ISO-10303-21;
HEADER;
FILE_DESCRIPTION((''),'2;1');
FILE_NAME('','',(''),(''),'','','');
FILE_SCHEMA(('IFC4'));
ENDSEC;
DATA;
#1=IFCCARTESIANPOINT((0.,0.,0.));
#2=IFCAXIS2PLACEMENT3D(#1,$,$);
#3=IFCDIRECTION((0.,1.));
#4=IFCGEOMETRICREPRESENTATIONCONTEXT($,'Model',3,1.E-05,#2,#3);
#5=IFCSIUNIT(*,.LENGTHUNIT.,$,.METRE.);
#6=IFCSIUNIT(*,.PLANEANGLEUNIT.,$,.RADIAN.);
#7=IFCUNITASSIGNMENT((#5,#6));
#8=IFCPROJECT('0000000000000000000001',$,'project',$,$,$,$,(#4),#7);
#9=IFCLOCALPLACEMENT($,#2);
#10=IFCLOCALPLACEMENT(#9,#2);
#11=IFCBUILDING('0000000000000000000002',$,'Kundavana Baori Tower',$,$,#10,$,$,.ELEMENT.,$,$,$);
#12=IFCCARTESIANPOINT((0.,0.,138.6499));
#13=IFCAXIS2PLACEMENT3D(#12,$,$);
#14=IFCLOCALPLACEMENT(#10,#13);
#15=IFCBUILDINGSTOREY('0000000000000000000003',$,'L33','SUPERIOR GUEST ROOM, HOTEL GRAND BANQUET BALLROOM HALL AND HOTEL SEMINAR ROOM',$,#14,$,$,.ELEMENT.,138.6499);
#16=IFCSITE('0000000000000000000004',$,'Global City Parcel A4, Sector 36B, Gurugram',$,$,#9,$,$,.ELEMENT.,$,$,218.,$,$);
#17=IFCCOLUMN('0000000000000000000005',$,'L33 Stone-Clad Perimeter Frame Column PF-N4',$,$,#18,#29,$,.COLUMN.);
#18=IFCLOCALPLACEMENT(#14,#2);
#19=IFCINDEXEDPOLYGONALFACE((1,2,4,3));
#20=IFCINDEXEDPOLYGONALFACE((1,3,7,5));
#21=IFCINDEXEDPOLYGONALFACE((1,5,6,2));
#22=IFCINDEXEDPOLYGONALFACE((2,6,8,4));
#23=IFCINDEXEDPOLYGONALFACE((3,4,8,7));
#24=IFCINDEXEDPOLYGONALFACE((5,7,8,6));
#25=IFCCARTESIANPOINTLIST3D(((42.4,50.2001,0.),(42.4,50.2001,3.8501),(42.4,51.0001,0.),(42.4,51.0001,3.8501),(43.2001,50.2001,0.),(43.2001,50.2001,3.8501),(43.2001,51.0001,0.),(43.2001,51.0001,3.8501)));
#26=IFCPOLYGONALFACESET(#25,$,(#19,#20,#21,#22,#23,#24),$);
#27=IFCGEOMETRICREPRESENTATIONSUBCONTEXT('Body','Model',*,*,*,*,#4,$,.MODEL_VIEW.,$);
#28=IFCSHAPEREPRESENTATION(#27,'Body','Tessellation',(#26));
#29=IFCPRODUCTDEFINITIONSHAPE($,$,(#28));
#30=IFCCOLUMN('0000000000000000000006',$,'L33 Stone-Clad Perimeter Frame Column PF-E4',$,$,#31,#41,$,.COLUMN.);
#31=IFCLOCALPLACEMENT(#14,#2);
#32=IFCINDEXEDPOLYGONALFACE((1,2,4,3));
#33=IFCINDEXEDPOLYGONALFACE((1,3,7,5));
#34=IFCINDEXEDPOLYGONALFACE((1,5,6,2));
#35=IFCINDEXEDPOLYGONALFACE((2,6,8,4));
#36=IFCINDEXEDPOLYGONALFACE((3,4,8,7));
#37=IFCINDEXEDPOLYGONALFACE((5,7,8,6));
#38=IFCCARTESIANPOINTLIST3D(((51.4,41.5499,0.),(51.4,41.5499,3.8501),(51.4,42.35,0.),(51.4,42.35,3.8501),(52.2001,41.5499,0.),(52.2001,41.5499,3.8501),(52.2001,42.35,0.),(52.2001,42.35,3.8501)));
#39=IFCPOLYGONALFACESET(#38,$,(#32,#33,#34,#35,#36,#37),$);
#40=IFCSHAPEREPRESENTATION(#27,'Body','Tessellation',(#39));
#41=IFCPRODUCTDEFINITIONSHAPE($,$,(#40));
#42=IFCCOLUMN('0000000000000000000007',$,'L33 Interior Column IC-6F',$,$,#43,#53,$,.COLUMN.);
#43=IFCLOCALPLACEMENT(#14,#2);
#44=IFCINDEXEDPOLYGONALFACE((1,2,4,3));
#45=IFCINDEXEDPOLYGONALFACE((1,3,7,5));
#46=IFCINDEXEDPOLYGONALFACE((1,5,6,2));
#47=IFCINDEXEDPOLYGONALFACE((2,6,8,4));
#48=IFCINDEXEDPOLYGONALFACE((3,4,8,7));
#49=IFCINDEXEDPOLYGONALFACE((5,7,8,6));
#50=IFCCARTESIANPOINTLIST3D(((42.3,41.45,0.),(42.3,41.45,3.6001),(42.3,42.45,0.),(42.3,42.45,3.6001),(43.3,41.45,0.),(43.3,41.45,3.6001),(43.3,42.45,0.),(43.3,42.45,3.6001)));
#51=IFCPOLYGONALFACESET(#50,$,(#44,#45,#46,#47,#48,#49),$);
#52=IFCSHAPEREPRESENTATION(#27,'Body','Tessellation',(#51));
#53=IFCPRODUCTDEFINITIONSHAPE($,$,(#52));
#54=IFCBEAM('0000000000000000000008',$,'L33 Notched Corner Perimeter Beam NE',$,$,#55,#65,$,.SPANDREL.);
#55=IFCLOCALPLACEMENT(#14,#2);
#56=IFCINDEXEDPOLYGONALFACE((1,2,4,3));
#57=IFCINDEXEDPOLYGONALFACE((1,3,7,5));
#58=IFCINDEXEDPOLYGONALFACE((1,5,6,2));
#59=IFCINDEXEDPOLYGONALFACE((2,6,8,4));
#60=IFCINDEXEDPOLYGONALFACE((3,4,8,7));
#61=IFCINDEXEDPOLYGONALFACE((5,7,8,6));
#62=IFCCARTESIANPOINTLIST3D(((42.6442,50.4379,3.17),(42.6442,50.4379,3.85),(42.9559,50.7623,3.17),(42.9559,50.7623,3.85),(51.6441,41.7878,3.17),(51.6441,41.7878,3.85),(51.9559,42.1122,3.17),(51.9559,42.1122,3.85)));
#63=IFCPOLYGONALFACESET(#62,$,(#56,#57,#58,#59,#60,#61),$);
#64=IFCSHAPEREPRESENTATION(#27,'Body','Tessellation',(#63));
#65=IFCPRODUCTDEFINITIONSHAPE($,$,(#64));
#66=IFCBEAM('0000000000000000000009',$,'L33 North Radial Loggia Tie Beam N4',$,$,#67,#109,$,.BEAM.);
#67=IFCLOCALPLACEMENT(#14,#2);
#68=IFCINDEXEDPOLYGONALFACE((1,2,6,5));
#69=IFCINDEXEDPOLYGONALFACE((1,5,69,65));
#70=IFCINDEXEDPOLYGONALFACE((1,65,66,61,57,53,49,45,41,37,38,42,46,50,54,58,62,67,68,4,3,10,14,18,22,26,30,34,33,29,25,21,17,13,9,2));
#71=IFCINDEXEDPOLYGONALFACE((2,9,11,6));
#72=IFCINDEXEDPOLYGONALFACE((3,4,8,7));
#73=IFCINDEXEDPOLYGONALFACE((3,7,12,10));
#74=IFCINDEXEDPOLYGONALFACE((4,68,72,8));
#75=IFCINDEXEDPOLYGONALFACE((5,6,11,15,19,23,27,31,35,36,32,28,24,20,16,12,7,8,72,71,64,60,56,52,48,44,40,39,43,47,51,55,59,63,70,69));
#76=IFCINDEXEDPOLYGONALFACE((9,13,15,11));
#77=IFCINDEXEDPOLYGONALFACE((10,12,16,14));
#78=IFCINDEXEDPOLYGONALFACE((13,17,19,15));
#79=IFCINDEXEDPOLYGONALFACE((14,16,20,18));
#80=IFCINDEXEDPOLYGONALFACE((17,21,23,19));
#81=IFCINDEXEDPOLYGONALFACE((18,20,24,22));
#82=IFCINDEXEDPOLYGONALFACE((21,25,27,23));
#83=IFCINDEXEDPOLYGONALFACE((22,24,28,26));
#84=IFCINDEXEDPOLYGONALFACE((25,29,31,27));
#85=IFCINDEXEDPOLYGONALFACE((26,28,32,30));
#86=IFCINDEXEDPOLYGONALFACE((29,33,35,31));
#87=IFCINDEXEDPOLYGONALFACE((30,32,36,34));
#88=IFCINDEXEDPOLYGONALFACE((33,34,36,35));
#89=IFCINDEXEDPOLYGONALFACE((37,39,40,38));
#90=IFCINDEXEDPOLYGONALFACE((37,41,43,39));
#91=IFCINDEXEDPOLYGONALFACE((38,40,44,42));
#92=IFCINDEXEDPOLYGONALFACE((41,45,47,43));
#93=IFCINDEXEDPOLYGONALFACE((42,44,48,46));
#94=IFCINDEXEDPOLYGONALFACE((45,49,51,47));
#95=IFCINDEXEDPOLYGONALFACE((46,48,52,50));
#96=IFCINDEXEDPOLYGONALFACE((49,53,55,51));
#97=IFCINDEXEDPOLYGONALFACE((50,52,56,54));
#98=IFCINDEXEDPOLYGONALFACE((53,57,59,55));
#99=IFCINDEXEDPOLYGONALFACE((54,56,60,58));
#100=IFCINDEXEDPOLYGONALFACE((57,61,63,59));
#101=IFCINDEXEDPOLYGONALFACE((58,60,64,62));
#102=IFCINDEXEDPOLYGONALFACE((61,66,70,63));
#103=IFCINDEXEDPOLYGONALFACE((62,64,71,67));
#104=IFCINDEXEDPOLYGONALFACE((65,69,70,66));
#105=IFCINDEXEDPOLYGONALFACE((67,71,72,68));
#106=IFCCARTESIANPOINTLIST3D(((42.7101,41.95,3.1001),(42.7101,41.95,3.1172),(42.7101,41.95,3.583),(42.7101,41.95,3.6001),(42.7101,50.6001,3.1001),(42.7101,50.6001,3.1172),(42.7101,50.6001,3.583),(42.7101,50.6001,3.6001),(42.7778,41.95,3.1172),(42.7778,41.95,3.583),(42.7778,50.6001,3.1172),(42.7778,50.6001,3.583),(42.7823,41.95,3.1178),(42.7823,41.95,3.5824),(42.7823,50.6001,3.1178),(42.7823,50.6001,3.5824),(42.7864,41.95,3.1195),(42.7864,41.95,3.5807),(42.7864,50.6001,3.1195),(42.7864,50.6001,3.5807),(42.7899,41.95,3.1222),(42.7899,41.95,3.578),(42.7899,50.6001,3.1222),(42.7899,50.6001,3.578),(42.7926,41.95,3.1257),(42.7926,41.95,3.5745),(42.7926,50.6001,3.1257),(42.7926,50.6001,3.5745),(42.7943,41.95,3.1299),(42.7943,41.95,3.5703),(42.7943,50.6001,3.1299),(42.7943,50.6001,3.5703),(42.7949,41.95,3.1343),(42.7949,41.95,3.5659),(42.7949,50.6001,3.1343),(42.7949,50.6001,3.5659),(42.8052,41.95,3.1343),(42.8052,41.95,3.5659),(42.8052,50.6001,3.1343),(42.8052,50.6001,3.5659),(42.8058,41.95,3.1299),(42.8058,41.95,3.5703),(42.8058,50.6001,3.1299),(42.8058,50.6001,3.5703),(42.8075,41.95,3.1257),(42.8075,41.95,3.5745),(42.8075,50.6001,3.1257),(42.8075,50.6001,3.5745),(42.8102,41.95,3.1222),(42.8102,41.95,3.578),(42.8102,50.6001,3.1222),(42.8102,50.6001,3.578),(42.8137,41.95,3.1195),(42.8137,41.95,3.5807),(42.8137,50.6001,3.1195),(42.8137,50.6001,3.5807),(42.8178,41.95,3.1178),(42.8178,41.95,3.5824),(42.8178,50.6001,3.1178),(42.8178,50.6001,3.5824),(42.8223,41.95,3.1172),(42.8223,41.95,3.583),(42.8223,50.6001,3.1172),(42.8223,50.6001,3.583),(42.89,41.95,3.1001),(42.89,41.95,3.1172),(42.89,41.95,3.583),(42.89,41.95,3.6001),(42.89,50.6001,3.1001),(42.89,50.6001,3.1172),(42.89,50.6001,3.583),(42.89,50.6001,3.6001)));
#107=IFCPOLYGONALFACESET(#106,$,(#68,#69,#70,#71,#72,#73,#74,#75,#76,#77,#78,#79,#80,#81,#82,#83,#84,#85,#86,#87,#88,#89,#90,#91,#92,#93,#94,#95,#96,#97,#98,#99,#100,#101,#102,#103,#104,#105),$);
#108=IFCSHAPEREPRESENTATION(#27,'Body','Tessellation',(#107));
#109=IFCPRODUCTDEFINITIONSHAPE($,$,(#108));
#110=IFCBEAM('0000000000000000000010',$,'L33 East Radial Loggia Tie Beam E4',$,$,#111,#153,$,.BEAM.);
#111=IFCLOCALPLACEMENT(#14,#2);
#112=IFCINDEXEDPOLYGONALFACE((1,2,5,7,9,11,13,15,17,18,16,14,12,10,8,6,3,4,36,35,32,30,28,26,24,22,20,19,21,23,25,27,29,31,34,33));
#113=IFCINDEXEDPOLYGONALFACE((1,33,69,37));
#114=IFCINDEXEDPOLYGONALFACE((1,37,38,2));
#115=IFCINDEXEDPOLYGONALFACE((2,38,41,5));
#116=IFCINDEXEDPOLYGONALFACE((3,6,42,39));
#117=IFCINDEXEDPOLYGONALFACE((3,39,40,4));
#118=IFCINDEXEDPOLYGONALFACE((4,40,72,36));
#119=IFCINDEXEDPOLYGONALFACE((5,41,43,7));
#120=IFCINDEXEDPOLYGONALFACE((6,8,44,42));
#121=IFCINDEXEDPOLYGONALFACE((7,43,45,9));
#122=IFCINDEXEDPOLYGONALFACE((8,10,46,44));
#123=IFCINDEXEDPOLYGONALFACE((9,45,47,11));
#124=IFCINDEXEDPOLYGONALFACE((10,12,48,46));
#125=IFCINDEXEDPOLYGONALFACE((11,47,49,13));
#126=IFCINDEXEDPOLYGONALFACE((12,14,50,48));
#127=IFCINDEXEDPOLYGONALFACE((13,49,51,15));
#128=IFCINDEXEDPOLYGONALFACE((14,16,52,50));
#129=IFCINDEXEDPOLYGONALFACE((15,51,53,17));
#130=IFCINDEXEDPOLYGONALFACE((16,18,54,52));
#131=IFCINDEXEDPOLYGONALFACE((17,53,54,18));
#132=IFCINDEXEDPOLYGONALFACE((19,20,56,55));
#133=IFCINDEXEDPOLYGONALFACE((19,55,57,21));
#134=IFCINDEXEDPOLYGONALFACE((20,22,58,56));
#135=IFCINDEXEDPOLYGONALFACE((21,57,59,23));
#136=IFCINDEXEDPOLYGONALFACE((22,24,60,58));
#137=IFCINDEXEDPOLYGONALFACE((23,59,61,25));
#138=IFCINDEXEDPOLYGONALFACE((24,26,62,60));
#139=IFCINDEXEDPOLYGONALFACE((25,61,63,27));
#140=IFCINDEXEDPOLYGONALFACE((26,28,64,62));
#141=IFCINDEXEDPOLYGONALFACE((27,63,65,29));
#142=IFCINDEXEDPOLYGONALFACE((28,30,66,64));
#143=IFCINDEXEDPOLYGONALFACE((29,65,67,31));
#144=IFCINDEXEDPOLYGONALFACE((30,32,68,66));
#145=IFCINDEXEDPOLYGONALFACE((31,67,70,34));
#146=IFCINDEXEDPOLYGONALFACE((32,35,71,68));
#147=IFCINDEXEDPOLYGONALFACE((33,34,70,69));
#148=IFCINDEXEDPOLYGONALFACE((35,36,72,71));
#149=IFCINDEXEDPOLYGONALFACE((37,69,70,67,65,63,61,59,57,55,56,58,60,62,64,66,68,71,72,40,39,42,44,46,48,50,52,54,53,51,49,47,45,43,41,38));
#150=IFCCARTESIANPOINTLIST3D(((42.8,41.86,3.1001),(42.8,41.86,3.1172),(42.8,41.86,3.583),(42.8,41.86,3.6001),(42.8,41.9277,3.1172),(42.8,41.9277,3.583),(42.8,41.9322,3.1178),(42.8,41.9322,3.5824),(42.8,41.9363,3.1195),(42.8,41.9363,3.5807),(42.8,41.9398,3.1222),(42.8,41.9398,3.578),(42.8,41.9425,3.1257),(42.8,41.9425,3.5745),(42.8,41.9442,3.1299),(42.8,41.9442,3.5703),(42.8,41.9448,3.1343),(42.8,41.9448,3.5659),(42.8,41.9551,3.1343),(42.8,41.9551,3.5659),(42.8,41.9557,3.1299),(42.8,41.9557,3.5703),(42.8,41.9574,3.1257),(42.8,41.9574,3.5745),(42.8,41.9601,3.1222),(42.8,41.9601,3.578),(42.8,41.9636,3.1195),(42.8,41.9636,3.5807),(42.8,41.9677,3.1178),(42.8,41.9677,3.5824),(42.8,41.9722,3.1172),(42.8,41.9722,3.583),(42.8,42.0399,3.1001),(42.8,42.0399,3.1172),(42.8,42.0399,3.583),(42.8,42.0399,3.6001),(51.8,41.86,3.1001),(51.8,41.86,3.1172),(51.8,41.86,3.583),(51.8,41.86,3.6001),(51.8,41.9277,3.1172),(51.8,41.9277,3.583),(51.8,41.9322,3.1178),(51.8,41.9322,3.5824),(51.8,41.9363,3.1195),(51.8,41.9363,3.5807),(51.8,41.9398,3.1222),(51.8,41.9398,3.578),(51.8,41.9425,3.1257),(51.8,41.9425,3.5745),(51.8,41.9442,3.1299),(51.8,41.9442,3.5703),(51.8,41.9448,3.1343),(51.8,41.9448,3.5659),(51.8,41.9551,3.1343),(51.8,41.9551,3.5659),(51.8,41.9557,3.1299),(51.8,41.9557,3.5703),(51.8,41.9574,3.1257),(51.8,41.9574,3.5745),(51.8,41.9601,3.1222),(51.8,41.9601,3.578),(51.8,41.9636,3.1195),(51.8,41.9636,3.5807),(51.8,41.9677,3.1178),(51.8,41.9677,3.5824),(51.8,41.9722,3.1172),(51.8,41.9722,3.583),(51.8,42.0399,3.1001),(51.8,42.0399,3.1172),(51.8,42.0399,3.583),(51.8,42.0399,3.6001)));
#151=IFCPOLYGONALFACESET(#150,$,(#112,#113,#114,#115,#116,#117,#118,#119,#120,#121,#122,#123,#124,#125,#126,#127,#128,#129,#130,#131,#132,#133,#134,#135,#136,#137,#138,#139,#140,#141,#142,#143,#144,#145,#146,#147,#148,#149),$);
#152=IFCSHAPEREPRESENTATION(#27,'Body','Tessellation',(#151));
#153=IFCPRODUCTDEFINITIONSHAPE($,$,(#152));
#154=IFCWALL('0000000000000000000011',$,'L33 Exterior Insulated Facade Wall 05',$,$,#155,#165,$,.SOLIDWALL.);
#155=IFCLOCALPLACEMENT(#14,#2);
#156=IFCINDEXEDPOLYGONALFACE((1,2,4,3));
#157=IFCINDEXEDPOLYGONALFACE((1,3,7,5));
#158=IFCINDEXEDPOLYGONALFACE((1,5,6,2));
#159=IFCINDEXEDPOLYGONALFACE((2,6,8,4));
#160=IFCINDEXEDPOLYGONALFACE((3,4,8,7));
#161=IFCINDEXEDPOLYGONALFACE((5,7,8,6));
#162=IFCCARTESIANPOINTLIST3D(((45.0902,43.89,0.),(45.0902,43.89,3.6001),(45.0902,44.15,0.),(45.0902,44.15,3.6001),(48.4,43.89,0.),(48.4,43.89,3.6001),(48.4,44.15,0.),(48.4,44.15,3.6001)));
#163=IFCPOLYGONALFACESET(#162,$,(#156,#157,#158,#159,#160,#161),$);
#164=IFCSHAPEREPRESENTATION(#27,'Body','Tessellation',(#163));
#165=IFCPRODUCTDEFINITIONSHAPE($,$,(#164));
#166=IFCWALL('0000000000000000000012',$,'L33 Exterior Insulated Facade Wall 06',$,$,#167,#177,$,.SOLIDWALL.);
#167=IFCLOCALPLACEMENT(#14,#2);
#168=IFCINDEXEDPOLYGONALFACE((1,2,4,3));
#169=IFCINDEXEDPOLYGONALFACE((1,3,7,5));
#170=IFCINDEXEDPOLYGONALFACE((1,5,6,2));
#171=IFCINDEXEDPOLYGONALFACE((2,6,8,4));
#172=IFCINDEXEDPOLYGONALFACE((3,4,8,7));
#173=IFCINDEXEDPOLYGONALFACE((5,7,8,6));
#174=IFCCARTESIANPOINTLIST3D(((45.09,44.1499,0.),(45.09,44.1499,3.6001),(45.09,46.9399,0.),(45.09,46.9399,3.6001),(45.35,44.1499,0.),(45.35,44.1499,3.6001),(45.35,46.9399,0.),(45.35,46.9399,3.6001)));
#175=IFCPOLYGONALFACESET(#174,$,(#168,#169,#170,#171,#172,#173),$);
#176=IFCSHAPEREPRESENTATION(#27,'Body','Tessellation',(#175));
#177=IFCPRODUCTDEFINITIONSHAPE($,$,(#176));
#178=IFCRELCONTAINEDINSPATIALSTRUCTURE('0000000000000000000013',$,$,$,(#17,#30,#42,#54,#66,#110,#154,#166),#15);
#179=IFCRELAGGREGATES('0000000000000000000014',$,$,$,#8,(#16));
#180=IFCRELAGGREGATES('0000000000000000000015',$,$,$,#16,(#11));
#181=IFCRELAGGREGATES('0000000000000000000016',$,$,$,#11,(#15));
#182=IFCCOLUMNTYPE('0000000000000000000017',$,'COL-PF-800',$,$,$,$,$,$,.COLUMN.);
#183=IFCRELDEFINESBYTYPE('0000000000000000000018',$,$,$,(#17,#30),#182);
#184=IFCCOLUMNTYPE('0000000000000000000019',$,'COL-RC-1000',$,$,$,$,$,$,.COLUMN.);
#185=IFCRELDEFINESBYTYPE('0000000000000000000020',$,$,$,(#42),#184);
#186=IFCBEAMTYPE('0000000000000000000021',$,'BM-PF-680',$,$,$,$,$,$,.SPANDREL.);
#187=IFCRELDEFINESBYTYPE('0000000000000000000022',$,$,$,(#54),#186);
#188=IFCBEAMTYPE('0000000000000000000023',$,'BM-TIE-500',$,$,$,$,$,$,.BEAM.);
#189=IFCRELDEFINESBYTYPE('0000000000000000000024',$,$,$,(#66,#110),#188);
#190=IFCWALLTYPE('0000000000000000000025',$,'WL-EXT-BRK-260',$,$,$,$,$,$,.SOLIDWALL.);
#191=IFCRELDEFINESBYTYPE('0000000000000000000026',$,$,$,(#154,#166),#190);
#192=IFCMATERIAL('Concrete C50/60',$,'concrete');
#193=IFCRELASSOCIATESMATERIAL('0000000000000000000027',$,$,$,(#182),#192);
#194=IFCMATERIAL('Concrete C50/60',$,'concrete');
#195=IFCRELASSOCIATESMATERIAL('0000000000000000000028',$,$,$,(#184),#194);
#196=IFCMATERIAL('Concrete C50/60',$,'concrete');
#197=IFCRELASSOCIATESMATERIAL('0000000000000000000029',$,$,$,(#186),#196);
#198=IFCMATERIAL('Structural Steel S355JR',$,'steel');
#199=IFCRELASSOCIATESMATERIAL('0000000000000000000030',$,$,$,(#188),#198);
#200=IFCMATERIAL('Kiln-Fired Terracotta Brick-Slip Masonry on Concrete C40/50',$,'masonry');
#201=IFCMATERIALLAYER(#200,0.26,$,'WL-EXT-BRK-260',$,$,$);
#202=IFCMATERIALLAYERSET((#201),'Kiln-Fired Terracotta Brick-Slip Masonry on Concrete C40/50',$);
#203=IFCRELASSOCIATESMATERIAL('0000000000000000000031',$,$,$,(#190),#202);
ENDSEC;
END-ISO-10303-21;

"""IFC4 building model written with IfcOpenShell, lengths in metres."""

from ifc_helpers import new_model, si_unit, direction, frame, frame_2d, origin, origin_2d, place, context, subcontext, project, spatial, rectangle, i_section, extrude, material, layer, layer_set, material_profile, profile_set, type_object, element, save


model = new_model("IFC4")

# Units and contexts
model_context = context("Model", 3, precision=1e-05, world=origin(), true_north=direction((0.0, 1.0)))
body_context = subcontext(model_context, "Body", "Model", "MODEL_VIEW")
ifc_project = project(units=[si_unit("LENGTHUNIT", "METRE"), si_unit("PLANEANGLEUNIT", "RADIAN")], contexts=[model_context])

# Site, building, storey
site_placement = place(None, origin())
site = spatial("IfcSite", under=ifc_project, at=site_placement, Name="Global City Parcel A4, Sector 36B, Gurugram", CompositionType="ELEMENT", RefElevation=218.0)
building_placement = place(site_placement, origin())
building = spatial("IfcBuilding", under=site, at=building_placement, Name="Kundavana Baori Tower", CompositionType="ELEMENT")
storey_placement = place(building_placement, frame((0.0, 0.0, 138.6499)))
storey = spatial("IfcBuildingStorey", under=building, at=storey_placement, Name="L33", Description="SUPERIOR GUEST ROOM, HOTEL GRAND BANQUET BALLROOM HALL AND HOTEL SEMINAR ROOM", CompositionType="ELEMENT", Elevation=138.6499)

# Columns
ifc_material_1 = material(Name="Concrete C50/60", Category="concrete")
ifc_material_profile_1 = material_profile(ifc_material_1, rectangle(XDim=0.8, YDim=0.8, at=origin_2d()), Name="RC PF 800x800")
ifc_profile_set_1 = profile_set([ifc_material_profile_1], Name="Concrete C50/60")
column_type_1 = type_object("IfcColumnType", Name="COL-PF-800", PredefinedType="COLUMN", material=ifc_profile_set_1)
for number, where, z_axis, x_axis, name in (
    (1, (42.8, 50.6001, 0.0), (0.0, 0.0, 1.0), (1.0, 0.0, 0.0), "L33 Stone-Clad Perimeter Frame Column PF-N4"),
    (2, (51.8, 41.95, 0.0), (0.0, 0.0, 1.0), (1.0, 0.0, 0.0), "L33 Stone-Clad Perimeter Frame Column PF-E4"),
):
    element("IfcColumn", number, at=place(storey_placement, frame(where, z_axis=z_axis, x_axis=x_axis)), inside=storey, type_object=column_type_1, Name=name, PredefinedType="COLUMN", context=body_context, shape_type="SweptSolid", body=[
        extrude(rectangle(XDim=0.8, YDim=0.8, at=origin_2d()), origin(), (0.0, 0.0, 1.0), 3.8501),
    ])
ifc_material_2 = material(Name="Concrete C50/60", Category="concrete")
ifc_material_profile_2 = material_profile(ifc_material_2, rectangle(XDim=1.0, YDim=1.0, at=origin_2d()), Name="RC 1000x1000")
ifc_profile_set_2 = profile_set([ifc_material_profile_2], Name="Concrete C50/60")
column_type_2 = type_object("IfcColumnType", Name="COL-RC-1000", PredefinedType="COLUMN", material=ifc_profile_set_2)
column_placement = place(storey_placement, frame((42.8, 41.95, 0.0), z_axis=(0.0, 0.0, 1.0), x_axis=(1.0, 0.0, 0.0)))
element("IfcColumn", 3, at=column_placement, inside=storey, type_object=column_type_2, Name="L33 Interior Column IC-6F", PredefinedType="COLUMN", context=body_context, shape_type="SweptSolid", body=[
    extrude(rectangle(XDim=1.0, YDim=1.0, at=origin_2d()), origin(), (0.0, 0.0, 1.0), 3.6001),
])

# Beams
ifc_material_3 = material(Name="Concrete C50/60", Category="concrete")
ifc_material_profile_3 = material_profile(ifc_material_3, rectangle(XDim=0.45, YDim=0.6799, at=origin_2d()), Name="RC BM 450x680")
ifc_profile_set_3 = profile_set([ifc_material_profile_3], Name="Concrete C50/60")
beam_type_1 = type_object("IfcBeamType", Name="BM-PF-680", PredefinedType="SPANDREL", material=ifc_profile_set_3)
beam_1_placement = place(storey_placement, frame((42.8, 50.6001, 3.51), z_axis=(0.720981, -0.692955, 0.0), x_axis=(0.692955, 0.720981, 0.0)))
element("IfcBeam", 4, at=beam_1_placement, inside=storey, type_object=beam_type_1, Name="L33 Notched Corner Perimeter Beam NE", PredefinedType="SPANDREL", context=body_context, shape_type="SweptSolid", body=[
    extrude(rectangle(XDim=0.45, YDim=0.6799, at=origin_2d()), origin(), (0.0, 0.0, 1.0), 12.4829),
])
ifc_material_4 = material(Name="Structural Steel S355JR", Category="steel")
ifc_material_profile_4 = material_profile(ifc_material_4, i_section(OverallWidth=0.1799, OverallDepth=0.5, WebThickness=0.0103, FlangeThickness=0.0171, FilletRadius=0.0171, at=origin_2d()), Name="ISMB 500")
ifc_profile_set_4 = profile_set([ifc_material_profile_4], Name="Structural Steel S355JR")
beam_type_2 = type_object("IfcBeamType", Name="BM-TIE-500", PredefinedType="BEAM", material=ifc_profile_set_4)
beam_2_placement = place(storey_placement, frame((42.8, 41.95, 3.3501), z_axis=(0.0, 1.0, 0.0), x_axis=(-1.0, 0.0, 0.0)))
element("IfcBeam", 5, at=beam_2_placement, inside=storey, type_object=beam_type_2, Name="L33 North Radial Loggia Tie Beam N4", PredefinedType="BEAM", context=body_context, shape_type="SweptSolid", body=[
    extrude(i_section(OverallWidth=0.1799, OverallDepth=0.5, WebThickness=0.0103, FlangeThickness=0.0171, FilletRadius=0.0171, at=origin_2d()), origin(), (0.0, 0.0, 1.0), 8.6501),
])
beam_3_placement = place(storey_placement, frame((42.8, 41.95, 3.3501), z_axis=(1.0, 0.0, 0.0), x_axis=(0.0, 1.0, 0.0)))
element("IfcBeam", 6, at=beam_3_placement, inside=storey, type_object=beam_type_2, Name="L33 East Radial Loggia Tie Beam E4", PredefinedType="BEAM", context=body_context, shape_type="SweptSolid", body=[
    extrude(i_section(OverallWidth=0.1799, OverallDepth=0.5, WebThickness=0.0103, FlangeThickness=0.0171, FilletRadius=0.0171, at=origin_2d()), origin(), (0.0, 0.0, 1.0), 9.0),
])

# Walls
ifc_material_5 = material(Name="Kiln-Fired Terracotta Brick-Slip Masonry on Concrete C40/50", Category="masonry")
ifc_layer_1 = layer(ifc_material_5, 0.26, Name="WL-EXT-BRK-260")
ifc_layer_set_1 = layer_set([ifc_layer_1], Name="Kiln-Fired Terracotta Brick-Slip Masonry on Concrete C40/50")
wall_type_1 = type_object("IfcWallType", Name="WL-EXT-BRK-260", PredefinedType="SOLIDWALL", material=ifc_layer_set_1)
wall_1_placement = place(storey_placement, frame((48.3999, 44.02, 0.0), z_axis=(0.0, 0.0, 1.0), x_axis=(-1.0, 0.0, 0.0)))
element("IfcWall", 7, at=wall_1_placement, inside=storey, type_object=wall_type_1, Name="L33 Exterior Insulated Facade Wall 05", PredefinedType="SOLIDWALL", context=body_context, shape_type="SweptSolid", body=[
    extrude(rectangle(XDim=3.3098, YDim=0.26, at=frame_2d((1.6548, 0.0))), origin(), (0.0, 0.0, 1.0), 3.6001),
])
wall_2_placement = place(storey_placement, frame((45.22, 44.1499, 0.0), z_axis=(0.0, 0.0, 1.0), x_axis=(0.0, 1.0, 0.0)))
element("IfcWall", 8, at=wall_2_placement, inside=storey, type_object=wall_type_1, Name="L33 Exterior Insulated Facade Wall 06", PredefinedType="SOLIDWALL", context=body_context, shape_type="SweptSolid", body=[
    extrude(rectangle(XDim=2.79, YDim=0.26, at=frame_2d((1.395, 0.0))), origin(), (0.0, 0.0, 1.0), 3.6001),
])

save(model, "model.ifc")
